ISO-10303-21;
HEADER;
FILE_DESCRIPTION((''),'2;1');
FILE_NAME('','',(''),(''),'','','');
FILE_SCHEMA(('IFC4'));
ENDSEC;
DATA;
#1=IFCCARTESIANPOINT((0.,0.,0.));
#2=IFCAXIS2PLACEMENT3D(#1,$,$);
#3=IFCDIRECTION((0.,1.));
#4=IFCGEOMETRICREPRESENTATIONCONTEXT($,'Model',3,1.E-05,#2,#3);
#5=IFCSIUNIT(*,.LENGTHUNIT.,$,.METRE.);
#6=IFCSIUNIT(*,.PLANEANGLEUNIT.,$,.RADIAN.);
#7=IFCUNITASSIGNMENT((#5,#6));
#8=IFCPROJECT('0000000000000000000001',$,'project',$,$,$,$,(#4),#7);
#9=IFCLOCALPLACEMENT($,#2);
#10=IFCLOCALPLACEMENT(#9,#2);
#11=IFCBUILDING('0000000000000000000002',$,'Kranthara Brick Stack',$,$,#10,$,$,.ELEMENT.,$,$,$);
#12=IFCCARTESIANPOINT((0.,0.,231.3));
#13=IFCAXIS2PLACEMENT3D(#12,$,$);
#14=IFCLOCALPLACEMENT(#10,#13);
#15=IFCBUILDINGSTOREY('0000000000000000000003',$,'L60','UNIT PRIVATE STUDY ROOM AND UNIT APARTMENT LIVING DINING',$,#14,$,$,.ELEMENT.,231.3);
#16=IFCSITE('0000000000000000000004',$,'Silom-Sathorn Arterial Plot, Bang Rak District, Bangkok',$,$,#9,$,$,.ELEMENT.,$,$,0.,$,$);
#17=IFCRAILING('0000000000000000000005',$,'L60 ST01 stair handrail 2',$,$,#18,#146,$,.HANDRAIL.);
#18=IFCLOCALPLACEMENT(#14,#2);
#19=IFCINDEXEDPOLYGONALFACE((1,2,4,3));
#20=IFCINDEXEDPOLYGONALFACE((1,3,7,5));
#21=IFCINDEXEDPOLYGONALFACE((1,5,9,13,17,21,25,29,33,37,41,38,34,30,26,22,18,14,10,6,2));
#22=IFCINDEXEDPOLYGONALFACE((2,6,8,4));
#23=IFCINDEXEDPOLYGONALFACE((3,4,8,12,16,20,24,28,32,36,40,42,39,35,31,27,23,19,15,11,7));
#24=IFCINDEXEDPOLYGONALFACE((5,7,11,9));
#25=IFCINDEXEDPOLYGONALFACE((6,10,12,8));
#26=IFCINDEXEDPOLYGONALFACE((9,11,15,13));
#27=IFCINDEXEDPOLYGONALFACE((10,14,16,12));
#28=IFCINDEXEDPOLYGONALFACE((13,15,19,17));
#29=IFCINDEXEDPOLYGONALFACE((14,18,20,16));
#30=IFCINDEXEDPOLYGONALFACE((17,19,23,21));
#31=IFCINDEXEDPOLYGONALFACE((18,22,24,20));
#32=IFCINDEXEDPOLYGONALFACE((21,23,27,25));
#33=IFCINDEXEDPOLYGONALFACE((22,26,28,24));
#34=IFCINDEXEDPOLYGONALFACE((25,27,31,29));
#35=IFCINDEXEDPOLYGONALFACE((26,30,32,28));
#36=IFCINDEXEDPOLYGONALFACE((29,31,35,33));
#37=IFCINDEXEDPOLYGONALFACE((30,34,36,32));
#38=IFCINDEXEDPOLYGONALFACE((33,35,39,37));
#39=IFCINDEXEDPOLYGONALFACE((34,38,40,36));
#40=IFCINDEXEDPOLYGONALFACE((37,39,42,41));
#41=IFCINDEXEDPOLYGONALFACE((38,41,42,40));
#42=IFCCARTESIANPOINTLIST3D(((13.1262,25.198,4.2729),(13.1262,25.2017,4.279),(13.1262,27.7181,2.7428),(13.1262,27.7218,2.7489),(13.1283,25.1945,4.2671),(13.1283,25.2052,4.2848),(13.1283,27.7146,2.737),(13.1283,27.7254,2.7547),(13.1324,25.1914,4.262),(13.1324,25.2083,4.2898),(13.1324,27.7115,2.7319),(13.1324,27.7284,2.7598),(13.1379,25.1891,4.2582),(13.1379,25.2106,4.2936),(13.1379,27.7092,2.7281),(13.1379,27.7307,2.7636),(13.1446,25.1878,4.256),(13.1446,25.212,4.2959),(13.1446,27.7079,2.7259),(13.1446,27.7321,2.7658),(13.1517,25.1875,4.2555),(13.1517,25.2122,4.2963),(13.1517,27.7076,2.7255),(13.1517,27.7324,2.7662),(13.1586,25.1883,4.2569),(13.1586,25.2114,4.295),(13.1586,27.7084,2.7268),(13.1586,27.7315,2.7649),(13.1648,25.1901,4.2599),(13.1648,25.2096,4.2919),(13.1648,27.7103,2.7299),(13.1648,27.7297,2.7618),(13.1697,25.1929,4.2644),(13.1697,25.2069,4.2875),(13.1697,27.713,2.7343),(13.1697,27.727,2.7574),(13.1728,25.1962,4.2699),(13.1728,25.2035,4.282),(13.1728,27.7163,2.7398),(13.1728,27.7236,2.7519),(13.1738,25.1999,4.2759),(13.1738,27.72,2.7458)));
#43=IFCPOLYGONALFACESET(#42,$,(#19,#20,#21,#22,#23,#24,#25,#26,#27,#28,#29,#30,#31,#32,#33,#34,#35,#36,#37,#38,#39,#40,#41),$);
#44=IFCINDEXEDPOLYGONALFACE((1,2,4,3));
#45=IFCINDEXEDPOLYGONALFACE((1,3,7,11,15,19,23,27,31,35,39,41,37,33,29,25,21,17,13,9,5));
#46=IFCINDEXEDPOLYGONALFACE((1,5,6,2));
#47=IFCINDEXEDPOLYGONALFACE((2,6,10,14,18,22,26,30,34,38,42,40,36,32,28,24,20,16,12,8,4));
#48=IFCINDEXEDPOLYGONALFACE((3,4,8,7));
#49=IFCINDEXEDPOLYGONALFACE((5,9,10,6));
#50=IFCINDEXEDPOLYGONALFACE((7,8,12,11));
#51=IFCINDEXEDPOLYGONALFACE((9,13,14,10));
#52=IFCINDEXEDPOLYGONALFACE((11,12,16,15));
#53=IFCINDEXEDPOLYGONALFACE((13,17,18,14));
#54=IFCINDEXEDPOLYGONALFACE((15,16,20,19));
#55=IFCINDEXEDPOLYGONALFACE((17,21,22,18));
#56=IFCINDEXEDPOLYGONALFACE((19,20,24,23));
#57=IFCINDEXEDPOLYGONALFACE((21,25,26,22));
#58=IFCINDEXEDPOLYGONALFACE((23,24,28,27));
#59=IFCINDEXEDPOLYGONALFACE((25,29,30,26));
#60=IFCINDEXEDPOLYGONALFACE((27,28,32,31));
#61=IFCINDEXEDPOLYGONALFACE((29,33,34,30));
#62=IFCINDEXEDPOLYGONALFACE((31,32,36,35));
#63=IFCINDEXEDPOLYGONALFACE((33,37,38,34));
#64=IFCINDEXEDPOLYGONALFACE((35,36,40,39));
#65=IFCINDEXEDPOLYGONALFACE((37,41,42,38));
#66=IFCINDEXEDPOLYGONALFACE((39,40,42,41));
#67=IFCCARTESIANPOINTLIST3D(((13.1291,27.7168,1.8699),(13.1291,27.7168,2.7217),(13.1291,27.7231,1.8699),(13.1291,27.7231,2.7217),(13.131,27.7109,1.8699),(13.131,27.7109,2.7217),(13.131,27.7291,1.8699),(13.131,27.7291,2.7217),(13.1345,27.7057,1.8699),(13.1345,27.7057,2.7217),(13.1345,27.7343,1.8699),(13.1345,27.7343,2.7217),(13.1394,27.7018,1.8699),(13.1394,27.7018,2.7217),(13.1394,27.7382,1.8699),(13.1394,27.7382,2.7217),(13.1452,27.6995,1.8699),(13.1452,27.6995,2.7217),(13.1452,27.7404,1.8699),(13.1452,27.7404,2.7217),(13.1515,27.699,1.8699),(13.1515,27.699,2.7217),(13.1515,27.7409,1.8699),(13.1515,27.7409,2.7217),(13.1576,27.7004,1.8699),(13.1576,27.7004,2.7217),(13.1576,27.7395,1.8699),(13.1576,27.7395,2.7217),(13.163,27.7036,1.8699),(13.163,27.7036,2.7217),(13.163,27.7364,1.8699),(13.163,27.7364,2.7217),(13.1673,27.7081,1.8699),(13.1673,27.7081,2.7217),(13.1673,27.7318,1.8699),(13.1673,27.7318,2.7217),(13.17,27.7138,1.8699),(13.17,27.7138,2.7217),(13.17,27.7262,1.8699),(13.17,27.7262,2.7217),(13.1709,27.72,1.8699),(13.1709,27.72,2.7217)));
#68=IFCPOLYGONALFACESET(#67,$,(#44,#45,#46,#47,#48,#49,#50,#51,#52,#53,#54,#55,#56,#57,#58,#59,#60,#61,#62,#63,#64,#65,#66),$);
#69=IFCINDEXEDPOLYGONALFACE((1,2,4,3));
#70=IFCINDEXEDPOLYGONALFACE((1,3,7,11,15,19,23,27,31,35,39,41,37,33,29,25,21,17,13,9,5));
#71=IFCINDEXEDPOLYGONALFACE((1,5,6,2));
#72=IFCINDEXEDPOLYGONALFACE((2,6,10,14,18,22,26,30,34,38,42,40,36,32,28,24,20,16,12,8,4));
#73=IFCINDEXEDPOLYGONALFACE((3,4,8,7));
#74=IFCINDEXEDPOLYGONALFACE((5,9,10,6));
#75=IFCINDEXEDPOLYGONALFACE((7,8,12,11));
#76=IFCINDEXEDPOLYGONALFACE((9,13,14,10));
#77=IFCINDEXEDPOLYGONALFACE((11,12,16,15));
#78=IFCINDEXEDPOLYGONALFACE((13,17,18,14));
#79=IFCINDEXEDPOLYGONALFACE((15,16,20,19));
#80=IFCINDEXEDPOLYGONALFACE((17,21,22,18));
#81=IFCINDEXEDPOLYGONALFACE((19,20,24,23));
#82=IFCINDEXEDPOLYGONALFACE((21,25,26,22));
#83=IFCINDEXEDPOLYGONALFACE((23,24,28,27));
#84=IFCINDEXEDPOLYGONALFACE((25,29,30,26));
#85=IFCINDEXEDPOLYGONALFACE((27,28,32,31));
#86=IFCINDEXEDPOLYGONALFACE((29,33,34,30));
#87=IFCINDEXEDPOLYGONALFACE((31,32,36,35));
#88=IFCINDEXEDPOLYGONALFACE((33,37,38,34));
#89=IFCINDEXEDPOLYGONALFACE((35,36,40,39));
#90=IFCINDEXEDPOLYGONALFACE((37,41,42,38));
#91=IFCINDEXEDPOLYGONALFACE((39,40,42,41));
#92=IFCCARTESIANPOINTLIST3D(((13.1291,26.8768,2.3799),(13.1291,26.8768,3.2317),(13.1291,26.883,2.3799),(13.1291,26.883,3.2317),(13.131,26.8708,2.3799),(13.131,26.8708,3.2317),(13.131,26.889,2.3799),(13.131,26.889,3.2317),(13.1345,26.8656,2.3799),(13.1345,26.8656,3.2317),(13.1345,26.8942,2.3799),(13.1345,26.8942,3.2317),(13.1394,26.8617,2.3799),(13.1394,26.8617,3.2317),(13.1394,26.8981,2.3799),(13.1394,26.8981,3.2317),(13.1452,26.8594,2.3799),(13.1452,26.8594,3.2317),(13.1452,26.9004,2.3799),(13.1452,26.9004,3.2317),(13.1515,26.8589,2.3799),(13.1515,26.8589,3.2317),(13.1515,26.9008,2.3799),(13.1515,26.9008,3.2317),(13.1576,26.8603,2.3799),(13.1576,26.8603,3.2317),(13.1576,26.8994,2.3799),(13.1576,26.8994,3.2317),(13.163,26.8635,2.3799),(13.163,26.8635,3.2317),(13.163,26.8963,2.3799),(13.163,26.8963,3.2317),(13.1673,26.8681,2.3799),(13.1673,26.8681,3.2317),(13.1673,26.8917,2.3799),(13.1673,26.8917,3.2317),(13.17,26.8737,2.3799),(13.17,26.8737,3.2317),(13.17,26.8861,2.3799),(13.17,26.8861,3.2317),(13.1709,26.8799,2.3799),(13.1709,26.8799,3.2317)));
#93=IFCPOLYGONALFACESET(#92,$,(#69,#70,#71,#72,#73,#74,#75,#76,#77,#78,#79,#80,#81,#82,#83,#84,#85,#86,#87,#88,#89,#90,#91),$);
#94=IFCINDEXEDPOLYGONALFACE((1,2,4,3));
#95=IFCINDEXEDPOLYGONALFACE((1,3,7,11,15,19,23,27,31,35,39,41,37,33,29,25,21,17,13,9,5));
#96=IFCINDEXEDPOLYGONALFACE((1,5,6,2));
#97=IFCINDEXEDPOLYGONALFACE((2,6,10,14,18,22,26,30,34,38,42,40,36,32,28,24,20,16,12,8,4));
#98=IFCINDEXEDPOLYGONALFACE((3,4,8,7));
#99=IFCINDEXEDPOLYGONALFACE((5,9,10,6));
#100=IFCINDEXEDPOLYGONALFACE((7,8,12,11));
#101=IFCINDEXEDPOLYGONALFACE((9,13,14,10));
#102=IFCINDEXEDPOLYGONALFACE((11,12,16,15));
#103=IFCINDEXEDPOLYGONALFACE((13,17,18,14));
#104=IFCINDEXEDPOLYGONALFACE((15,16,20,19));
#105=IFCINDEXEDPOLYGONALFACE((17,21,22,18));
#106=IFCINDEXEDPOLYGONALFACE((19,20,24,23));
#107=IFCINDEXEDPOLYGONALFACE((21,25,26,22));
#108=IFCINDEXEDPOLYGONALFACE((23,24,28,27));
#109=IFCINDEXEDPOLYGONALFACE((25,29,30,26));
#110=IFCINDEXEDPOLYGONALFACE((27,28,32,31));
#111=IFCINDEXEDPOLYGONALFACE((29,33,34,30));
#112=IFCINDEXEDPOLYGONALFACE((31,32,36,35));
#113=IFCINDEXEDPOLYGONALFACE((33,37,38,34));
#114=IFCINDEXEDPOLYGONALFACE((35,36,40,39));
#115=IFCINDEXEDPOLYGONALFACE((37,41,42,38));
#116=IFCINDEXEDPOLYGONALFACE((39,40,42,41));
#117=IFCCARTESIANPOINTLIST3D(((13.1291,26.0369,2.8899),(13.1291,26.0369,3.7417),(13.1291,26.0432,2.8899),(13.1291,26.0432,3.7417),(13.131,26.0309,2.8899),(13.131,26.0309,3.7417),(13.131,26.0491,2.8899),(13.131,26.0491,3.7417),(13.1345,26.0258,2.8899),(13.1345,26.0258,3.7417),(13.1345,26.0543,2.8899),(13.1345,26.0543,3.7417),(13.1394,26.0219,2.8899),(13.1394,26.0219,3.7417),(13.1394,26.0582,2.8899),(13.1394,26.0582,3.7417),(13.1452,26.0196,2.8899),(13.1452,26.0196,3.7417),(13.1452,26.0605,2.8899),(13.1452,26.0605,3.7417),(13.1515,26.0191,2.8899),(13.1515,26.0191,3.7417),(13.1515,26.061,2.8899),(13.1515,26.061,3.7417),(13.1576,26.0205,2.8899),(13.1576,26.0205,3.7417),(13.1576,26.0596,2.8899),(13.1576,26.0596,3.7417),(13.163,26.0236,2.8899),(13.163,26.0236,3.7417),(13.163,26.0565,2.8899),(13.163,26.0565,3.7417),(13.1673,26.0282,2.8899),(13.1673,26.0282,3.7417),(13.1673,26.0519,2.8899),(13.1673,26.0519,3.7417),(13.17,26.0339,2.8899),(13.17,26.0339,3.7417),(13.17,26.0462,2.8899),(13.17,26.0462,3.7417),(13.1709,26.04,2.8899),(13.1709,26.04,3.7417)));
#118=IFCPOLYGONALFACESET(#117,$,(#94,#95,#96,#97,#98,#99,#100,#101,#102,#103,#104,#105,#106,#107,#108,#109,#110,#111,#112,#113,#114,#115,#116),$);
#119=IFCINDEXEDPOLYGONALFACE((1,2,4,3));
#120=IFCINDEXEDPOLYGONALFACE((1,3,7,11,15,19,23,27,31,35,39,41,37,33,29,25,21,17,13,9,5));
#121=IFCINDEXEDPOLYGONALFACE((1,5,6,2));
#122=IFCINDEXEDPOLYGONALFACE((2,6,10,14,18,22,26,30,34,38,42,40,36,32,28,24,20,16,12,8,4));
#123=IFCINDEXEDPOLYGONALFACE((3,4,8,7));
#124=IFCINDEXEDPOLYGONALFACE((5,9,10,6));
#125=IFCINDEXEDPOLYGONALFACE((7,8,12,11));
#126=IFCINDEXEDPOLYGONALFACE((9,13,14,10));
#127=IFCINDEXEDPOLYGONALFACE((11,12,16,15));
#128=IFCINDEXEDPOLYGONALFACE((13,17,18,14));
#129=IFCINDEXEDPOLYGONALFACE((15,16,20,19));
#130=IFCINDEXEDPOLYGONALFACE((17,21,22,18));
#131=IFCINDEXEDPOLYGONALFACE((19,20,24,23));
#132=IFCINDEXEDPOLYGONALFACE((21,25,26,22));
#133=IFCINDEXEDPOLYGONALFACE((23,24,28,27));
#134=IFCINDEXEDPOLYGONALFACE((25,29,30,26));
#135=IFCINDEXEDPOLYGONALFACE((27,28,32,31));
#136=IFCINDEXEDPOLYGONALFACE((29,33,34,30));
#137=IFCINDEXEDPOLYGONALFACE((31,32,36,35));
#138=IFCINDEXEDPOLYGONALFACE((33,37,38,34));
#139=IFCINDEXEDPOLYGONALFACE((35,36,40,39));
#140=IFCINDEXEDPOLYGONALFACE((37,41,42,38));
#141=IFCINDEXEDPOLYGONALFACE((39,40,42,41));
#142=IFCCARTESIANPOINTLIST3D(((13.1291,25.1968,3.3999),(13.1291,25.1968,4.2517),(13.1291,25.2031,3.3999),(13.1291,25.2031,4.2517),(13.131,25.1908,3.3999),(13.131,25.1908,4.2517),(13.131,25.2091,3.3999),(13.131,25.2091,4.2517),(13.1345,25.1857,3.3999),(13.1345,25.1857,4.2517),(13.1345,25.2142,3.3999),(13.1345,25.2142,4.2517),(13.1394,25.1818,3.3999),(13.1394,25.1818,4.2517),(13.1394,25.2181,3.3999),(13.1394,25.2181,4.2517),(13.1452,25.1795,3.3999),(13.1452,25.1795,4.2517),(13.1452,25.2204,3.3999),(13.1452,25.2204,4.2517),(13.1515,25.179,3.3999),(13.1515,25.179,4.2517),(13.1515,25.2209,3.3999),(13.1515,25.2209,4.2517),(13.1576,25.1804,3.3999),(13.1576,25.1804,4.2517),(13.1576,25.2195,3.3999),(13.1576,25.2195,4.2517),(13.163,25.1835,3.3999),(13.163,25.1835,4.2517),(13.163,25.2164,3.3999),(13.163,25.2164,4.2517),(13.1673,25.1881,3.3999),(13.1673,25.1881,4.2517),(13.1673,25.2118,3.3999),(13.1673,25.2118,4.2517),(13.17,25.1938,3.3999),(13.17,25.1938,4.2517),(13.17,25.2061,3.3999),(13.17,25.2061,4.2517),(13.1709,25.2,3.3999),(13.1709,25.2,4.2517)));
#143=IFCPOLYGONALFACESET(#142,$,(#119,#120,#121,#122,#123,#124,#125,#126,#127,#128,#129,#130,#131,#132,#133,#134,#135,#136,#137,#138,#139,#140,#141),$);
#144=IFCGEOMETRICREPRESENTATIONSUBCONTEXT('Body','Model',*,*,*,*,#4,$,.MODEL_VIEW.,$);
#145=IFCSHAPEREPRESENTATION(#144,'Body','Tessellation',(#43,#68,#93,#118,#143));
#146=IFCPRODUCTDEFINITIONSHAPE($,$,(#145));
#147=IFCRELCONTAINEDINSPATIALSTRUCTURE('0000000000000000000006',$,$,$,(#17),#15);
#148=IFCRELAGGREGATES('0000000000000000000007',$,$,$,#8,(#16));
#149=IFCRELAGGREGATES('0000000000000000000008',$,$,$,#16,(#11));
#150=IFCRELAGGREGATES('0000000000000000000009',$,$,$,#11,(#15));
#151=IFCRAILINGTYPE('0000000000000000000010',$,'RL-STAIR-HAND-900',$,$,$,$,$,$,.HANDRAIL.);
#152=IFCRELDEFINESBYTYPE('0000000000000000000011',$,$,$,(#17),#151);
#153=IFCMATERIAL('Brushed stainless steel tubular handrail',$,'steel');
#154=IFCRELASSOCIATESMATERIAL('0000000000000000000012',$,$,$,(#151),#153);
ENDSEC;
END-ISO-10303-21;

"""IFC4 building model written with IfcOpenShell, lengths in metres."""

from ifc_helpers import new_model, si_unit, direction, frame, origin, origin_2d, place, context, subcontext, project, spatial, circle, extrude, material, type_object, element, save


model = new_model("IFC4")

# Units and contexts
model_context = context("Model", 3, precision=1e-05, world=origin(), true_north=direction((0.0, 1.0)))
body_context = subcontext(model_context, "Body", "Model", "MODEL_VIEW")
ifc_project = project(units=[si_unit("LENGTHUNIT", "METRE"), si_unit("PLANEANGLEUNIT", "RADIAN")], contexts=[model_context])

# Site, building, storey
site_placement = place(None, origin())
site = spatial("IfcSite", under=ifc_project, at=site_placement, Name="Silom-Sathorn Arterial Plot, Bang Rak District, Bangkok", CompositionType="ELEMENT", RefElevation=0.0)
building_placement = place(site_placement, origin())
building = spatial("IfcBuilding", under=site, at=building_placement, Name="Kranthara Brick Stack", CompositionType="ELEMENT")
storey_placement = place(building_placement, frame((0.0, 0.0, 231.3)))
storey = spatial("IfcBuildingStorey", under=building, at=storey_placement, Name="L60", Description="UNIT PRIVATE STUDY ROOM AND UNIT APARTMENT LIVING DINING", CompositionType="ELEMENT", Elevation=231.3)

# Railing
ifc_material_1 = material(Name="Brushed stainless steel tubular handrail", Category="steel")
railing_type_1 = type_object("IfcRailingType", Name="RL-STAIR-HAND-900", PredefinedType="HANDRAIL", material=ifc_material_1)
railing_1_placement = place(storey_placement, frame((13.1499, 27.72, 1.8699)))
element("IfcRailing", 1, at=railing_1_placement, inside=storey, type_object=railing_type_1, Name="L60 ST01 stair handrail 2", PredefinedType="HANDRAIL", context=body_context, shape_type="SweptSolid", body=[
    extrude(circle(Radius=0.0239, at=origin_2d()), frame((0.0, 0.0, 0.876), z_axis=(0.0, -0.854785, 0.518982), x_axis=(1.0, 0.0, 0.0)), (0.0, 0.0, 1.0), 2.9482),
    extrude(circle(Radius=0.021, at=origin_2d()), origin(), (0.0, 0.0, 1.0), 0.8518),
    extrude(circle(Radius=0.021, at=origin_2d()), frame((0.0, -0.8401, 0.51)), (0.0, 0.0, 1.0), 0.8518),
    extrude(circle(Radius=0.021, at=origin_2d()), frame((0.0, -1.6799, 1.02)), (0.0, 0.0, 1.0), 0.8518),
    extrude(circle(Radius=0.021, at=origin_2d()), frame((0.0, -2.52, 1.53)), (0.0, 0.0, 1.0), 0.8518),
])

save(model, "model.ifc")
